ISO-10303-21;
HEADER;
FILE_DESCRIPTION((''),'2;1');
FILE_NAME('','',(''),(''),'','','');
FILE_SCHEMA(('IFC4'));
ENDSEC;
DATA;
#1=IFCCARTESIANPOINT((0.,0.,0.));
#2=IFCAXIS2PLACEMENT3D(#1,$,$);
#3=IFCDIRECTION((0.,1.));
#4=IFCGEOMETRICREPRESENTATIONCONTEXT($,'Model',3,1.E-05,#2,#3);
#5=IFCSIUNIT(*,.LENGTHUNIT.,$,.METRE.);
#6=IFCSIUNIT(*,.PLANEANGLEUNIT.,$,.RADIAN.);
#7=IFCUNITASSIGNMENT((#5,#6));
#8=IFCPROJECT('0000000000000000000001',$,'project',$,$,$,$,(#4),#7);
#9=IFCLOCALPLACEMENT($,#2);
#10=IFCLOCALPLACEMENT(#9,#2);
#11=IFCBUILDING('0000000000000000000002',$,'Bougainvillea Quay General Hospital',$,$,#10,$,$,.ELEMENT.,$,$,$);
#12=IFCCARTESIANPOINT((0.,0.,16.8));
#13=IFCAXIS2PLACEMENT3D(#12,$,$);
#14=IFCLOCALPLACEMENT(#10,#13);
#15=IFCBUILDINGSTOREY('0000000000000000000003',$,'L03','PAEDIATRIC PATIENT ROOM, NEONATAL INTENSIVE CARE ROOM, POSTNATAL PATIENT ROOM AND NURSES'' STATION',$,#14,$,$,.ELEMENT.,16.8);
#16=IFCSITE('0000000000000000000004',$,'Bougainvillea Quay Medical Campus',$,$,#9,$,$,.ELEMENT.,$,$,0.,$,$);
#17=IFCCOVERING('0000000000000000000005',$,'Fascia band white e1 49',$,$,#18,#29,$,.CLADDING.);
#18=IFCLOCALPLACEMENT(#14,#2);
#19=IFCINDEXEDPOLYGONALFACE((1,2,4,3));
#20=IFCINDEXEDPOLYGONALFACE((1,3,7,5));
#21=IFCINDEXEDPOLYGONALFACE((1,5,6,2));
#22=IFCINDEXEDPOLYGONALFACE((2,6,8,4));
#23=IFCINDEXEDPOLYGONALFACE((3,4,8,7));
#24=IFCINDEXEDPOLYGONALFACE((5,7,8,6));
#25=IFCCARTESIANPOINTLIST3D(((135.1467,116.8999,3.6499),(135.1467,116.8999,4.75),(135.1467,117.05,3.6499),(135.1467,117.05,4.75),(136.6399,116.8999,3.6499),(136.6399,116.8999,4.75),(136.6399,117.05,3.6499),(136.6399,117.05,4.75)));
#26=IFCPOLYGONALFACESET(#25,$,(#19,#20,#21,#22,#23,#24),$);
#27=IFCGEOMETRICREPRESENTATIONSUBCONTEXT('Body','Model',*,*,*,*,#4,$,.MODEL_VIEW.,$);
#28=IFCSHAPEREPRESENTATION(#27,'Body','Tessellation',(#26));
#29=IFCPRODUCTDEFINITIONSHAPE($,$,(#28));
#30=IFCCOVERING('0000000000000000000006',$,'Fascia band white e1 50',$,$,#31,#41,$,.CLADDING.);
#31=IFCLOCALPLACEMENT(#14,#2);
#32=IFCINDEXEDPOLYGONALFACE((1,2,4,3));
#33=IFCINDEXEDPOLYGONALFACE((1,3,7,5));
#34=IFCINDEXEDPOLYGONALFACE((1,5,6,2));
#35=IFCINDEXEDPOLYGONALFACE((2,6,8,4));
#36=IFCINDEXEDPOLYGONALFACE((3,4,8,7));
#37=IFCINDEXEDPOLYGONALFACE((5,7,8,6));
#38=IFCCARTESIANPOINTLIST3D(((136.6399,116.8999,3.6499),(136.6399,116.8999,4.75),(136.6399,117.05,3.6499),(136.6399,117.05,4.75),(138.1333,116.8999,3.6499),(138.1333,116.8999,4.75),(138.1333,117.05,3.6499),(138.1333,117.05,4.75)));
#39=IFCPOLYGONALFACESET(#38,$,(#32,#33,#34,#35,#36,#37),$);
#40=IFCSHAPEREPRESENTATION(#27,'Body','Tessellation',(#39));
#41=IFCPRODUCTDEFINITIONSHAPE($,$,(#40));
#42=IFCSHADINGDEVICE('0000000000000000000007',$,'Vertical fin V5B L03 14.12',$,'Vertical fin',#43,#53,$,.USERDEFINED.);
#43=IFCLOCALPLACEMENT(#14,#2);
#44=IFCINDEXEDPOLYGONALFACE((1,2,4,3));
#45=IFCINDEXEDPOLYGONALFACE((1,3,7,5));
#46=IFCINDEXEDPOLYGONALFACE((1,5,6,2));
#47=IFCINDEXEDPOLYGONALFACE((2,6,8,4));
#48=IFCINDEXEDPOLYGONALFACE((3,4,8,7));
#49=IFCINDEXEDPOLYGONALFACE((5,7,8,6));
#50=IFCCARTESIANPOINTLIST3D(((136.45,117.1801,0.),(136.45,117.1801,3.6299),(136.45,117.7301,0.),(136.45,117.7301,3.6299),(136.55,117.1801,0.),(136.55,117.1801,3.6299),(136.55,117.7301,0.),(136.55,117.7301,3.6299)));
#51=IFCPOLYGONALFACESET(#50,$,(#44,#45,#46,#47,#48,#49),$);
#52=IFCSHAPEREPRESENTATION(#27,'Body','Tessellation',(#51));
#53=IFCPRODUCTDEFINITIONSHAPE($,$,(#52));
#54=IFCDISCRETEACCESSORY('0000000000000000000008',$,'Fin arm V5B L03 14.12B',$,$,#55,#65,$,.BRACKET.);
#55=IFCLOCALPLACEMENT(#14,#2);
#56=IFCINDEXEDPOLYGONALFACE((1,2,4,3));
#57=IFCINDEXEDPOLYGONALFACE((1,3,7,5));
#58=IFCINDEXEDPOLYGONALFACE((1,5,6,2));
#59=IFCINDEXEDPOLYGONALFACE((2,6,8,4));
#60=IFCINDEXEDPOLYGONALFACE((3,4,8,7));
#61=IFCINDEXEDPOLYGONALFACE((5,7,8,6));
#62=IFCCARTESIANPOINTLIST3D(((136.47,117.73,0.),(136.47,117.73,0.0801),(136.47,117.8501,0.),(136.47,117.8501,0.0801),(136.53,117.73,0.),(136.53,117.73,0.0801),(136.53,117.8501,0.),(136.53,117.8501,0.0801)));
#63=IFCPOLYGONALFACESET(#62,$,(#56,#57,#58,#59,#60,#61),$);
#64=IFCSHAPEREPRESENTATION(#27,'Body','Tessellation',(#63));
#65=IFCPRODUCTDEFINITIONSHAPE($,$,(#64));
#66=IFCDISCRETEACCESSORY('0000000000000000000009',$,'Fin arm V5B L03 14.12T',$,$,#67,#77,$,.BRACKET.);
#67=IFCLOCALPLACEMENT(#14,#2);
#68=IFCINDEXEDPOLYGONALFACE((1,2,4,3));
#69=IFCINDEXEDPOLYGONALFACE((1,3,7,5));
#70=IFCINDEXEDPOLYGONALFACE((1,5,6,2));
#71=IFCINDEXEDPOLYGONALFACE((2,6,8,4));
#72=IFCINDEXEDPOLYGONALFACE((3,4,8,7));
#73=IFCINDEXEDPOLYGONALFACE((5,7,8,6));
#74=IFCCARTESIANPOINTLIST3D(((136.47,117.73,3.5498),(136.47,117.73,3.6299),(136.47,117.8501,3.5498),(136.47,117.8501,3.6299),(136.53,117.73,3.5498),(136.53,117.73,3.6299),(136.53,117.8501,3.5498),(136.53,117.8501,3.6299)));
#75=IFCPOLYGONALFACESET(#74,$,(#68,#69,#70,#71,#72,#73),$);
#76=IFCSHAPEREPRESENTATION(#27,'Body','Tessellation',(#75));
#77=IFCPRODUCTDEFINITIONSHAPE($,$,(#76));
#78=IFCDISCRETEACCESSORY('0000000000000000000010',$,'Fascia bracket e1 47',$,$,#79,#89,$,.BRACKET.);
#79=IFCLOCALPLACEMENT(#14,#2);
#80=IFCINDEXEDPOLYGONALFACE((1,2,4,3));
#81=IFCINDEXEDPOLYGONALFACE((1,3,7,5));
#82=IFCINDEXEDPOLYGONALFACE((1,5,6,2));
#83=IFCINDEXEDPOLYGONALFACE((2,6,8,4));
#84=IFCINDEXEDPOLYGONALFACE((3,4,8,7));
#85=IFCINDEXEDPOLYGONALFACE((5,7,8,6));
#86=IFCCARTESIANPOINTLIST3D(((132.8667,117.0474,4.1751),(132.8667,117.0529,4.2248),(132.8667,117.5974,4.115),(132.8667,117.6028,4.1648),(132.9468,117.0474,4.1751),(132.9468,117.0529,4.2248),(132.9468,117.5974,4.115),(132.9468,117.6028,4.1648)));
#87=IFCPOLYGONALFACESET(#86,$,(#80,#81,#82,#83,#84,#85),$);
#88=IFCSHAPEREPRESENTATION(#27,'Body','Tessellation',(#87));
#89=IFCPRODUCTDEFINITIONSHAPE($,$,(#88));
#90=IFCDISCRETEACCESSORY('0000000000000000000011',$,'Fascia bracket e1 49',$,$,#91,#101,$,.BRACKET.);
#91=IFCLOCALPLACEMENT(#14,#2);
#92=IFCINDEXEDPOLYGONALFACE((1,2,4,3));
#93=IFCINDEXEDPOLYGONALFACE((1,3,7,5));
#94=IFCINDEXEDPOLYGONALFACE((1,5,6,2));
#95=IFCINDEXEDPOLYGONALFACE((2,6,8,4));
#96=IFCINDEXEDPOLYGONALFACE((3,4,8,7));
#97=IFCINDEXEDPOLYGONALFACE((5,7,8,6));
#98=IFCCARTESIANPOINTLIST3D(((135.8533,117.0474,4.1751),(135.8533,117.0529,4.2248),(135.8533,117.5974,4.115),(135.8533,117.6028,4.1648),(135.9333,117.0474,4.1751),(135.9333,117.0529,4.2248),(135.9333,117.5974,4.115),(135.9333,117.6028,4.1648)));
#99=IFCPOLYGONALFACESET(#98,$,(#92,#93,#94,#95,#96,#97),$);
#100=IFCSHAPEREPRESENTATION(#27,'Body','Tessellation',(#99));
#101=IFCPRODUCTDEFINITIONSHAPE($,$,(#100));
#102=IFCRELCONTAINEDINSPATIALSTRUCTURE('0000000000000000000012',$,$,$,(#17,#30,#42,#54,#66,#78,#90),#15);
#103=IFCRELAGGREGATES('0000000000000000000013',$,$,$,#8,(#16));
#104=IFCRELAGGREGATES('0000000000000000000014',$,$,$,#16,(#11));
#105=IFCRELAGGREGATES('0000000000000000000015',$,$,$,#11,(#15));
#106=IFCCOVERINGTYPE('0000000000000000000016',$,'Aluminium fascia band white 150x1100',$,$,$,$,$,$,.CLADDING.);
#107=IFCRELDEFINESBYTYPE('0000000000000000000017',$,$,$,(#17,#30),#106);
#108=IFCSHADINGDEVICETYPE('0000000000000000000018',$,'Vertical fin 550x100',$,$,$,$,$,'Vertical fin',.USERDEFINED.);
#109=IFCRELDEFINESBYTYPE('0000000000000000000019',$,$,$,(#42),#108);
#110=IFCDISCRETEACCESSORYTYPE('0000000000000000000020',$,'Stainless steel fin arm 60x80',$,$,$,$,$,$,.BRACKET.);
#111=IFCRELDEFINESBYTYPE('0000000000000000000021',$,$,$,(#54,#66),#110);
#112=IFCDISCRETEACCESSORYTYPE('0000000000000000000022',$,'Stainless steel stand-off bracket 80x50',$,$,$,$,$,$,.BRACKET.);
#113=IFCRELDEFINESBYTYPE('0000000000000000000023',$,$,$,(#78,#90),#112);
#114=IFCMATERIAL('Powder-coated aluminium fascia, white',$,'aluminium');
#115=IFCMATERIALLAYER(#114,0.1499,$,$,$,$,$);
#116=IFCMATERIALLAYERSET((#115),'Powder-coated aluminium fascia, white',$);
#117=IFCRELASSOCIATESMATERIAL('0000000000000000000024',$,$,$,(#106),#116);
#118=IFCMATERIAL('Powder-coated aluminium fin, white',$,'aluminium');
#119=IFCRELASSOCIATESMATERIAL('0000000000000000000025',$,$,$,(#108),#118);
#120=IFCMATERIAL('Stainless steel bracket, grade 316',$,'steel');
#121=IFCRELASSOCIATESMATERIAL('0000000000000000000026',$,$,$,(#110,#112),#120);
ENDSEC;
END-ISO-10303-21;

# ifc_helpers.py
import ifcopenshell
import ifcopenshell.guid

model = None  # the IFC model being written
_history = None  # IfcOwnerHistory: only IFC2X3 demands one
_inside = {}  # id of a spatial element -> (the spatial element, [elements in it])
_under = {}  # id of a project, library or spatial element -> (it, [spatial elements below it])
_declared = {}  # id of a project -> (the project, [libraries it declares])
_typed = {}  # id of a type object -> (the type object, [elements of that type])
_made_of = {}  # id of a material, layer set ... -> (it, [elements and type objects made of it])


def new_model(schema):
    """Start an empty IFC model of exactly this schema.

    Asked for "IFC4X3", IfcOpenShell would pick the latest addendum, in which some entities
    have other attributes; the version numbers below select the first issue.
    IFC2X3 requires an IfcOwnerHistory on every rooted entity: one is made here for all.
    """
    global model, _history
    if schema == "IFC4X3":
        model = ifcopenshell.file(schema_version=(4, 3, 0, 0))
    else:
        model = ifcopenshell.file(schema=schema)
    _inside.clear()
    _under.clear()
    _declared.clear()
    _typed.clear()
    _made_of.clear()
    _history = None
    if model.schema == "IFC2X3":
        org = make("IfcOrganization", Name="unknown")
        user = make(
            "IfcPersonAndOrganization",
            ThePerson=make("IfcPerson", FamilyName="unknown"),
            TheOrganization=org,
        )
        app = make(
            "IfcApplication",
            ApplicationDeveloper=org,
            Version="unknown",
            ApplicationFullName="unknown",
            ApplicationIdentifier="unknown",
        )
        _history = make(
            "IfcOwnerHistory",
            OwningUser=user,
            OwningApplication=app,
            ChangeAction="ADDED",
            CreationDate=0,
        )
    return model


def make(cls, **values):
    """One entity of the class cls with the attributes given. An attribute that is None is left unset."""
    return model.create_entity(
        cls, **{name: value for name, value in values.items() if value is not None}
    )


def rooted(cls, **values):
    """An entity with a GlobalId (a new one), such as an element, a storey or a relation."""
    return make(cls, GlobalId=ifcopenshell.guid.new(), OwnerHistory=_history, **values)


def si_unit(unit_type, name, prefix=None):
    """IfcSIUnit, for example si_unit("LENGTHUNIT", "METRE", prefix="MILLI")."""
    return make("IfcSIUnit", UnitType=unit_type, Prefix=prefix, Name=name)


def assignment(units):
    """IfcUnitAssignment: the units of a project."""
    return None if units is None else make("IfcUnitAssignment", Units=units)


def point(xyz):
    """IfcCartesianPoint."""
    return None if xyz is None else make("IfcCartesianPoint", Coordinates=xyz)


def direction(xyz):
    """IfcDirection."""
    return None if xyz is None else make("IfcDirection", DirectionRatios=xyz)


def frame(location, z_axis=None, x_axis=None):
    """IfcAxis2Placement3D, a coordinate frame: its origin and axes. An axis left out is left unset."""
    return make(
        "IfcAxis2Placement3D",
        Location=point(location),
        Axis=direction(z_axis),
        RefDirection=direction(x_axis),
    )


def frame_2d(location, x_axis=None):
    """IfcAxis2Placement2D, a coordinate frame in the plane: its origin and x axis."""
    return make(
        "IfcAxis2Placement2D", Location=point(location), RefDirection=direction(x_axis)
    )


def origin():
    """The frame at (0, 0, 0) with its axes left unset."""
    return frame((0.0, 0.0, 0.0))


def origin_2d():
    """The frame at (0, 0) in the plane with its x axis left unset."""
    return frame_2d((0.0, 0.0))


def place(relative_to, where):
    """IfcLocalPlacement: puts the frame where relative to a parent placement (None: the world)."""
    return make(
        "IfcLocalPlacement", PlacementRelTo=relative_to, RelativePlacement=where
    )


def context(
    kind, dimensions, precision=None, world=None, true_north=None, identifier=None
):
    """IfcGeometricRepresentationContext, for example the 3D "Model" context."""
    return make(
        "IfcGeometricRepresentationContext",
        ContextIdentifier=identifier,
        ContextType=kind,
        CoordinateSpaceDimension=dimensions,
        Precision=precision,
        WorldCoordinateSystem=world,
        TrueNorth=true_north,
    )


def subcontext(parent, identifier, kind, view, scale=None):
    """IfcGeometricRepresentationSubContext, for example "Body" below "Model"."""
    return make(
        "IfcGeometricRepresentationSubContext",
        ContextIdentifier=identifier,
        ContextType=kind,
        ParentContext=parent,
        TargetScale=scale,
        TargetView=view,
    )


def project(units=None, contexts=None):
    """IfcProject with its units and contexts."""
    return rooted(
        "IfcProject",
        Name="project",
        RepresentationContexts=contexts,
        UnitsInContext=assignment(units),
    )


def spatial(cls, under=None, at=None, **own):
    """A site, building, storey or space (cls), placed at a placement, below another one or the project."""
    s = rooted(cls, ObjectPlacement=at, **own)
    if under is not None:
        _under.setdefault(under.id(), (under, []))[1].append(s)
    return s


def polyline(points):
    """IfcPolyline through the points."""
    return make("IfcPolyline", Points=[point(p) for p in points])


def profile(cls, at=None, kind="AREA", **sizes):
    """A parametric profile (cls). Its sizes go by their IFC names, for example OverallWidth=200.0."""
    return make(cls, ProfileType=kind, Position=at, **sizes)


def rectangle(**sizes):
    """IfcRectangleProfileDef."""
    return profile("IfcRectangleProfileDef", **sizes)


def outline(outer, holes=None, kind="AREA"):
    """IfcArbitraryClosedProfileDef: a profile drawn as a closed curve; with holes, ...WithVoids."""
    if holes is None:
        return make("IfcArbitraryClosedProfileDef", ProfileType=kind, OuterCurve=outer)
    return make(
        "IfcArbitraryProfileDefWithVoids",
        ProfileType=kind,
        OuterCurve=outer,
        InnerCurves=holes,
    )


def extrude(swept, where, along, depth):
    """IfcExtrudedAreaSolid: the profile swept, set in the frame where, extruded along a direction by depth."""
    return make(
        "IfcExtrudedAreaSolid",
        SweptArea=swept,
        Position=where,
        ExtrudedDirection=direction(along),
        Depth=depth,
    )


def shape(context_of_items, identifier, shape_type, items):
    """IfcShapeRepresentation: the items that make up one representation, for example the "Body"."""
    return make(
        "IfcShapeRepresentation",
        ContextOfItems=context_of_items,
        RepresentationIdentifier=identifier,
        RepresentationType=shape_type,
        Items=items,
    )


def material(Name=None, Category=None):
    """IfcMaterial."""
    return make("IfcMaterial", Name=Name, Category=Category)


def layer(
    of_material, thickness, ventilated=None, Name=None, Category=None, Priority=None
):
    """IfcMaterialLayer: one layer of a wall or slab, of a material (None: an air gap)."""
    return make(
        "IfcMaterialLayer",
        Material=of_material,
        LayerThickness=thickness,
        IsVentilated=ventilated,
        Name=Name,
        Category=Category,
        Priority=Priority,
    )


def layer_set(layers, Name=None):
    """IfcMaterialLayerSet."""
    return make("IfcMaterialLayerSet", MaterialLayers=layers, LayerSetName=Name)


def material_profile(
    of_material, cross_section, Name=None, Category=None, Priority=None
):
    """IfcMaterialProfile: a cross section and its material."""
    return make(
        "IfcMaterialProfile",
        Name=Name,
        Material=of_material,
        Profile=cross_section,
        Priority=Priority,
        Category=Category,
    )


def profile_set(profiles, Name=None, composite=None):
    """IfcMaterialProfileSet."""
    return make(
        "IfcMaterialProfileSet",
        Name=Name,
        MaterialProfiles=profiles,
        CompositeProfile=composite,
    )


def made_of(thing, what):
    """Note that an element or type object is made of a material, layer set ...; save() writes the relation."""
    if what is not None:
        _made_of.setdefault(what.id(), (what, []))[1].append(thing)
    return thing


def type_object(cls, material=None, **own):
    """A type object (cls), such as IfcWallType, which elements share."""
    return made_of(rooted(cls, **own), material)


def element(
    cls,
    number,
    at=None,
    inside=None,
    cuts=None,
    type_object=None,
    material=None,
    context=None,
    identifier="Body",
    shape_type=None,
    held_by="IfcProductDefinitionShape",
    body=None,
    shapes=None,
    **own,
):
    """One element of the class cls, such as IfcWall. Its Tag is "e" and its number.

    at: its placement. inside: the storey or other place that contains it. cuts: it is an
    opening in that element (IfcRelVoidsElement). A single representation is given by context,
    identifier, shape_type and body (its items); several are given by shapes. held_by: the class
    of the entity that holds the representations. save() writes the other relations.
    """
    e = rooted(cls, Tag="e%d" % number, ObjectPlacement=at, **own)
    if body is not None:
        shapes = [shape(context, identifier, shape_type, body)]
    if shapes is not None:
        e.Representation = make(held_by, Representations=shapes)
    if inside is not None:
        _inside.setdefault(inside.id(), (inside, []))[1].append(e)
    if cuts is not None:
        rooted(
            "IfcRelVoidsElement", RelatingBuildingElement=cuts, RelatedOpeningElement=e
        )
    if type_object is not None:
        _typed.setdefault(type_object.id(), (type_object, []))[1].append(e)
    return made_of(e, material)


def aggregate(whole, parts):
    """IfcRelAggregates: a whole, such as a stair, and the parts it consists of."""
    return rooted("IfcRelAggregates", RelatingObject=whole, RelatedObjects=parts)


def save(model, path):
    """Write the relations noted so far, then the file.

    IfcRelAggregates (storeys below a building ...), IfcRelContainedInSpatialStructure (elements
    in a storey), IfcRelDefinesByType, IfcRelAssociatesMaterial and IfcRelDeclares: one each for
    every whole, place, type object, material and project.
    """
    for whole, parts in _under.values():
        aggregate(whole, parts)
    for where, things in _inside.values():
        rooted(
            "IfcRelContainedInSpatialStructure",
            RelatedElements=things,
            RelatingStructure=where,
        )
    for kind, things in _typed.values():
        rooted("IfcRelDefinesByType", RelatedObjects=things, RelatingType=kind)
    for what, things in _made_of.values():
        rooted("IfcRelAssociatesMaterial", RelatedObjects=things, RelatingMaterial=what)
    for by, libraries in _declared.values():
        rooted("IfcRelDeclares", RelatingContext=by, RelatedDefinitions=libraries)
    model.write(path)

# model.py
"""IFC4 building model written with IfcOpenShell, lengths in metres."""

from ifc_helpers import new_model, si_unit, direction, frame, origin, origin_2d, place, context, subcontext, project, spatial, polyline, rectangle, outline, extrude, material, layer, layer_set, material_profile, profile_set, type_object, element, save


model = new_model("IFC4")

# Units and contexts
model_context = context("Model", 3, precision=1e-05, world=origin(), true_north=direction((0.0, 1.0)))
body_context = subcontext(model_context, "Body", "Model", "MODEL_VIEW")
ifc_project = project(units=[si_unit("LENGTHUNIT", "METRE"), si_unit("PLANEANGLEUNIT", "RADIAN")], contexts=[model_context])

# Site, building, storey
site_placement = place(None, origin())
site = spatial("IfcSite", under=ifc_project, at=site_placement, Name="Bougainvillea Quay Medical Campus", CompositionType="ELEMENT", RefElevation=0.0)
building_placement = place(site_placement, origin())
building = spatial("IfcBuilding", under=site, at=building_placement, Name="Bougainvillea Quay General Hospital", CompositionType="ELEMENT")
storey_placement = place(building_placement, frame((0.0, 0.0, 16.8)))
storey = spatial("IfcBuildingStorey", under=building, at=storey_placement, Name="L03", Description="PAEDIATRIC PATIENT ROOM, NEONATAL INTENSIVE CARE ROOM, POSTNATAL PATIENT ROOM AND NURSES' STATION", CompositionType="ELEMENT", Elevation=16.8)

# Coverings
ifc_material_1 = material(Name="Powder-coated aluminium fascia, white", Category="aluminium")
ifc_layer_1 = layer(ifc_material_1, 0.1499)
ifc_layer_set_1 = layer_set([ifc_layer_1], Name="Powder-coated aluminium fascia, white")
covering_type = type_object("IfcCoveringType", Name="Aluminium fascia band white 150x1100", PredefinedType="CLADDING", material=ifc_layer_set_1)
covering_1_placement = place(storey_placement, frame((135.1467, 117.05, 3.6499), z_axis=(0.0, 0.0, 1.0), x_axis=(1.0, 0.0, 0.0)))
element("IfcCovering", 1, at=covering_1_placement, inside=storey, type_object=covering_type, Name="Fascia band white e1 49", PredefinedType="CLADDING", context=body_context, shape_type="SweptSolid", body=[
    extrude(outline(polyline([(0.0, 0.0), (1.4932, 0.0), (1.4932, -0.1501), (0.0, -0.1501), (0.0, 0.0)])), origin(), (0.0, 0.0, 1.0), 1.1001),
])
covering_2_placement = place(storey_placement, frame((136.6399, 117.05, 3.6499), z_axis=(0.0, 0.0, 1.0), x_axis=(1.0, 0.0, 0.0)))
element("IfcCovering", 2, at=covering_2_placement, inside=storey, type_object=covering_type, Name="Fascia band white e1 50", PredefinedType="CLADDING", context=body_context, shape_type="SweptSolid", body=[
    extrude(outline(polyline([(0.0, 0.0), (1.4934, 0.0), (1.4934, -0.1501), (0.0, -0.1501), (0.0, 0.0)])), origin(), (0.0, 0.0, 1.0), 1.1001),
])

# Shading device
ifc_material_2 = material(Name="Powder-coated aluminium fin, white", Category="aluminium")
ifc_material_profile_1 = material_profile(ifc_material_2, rectangle(XDim=0.55, YDim=0.1001, at=origin_2d()))
ifc_profile_set_1 = profile_set([ifc_material_profile_1], Name="Powder-coated aluminium fin, white")
shading_device_type = type_object("IfcShadingDeviceType", Name="Vertical fin 550x100", ElementType="Vertical fin", PredefinedType="USERDEFINED", material=ifc_profile_set_1)
shading_device_placement = place(storey_placement, frame((136.5, 117.4551, 0.0), z_axis=(0.0, 0.0, 1.0), x_axis=(0.0, -1.0, 0.0)))
element("IfcShadingDevice", 3, at=shading_device_placement, inside=storey, type_object=shading_device_type, Name="Vertical fin V5B L03 14.12", ObjectType="Vertical fin", PredefinedType="USERDEFINED", context=body_context, shape_type="SweptSolid", body=[
    extrude(rectangle(XDim=0.55, YDim=0.1001, at=origin_2d()), origin(), (0.0, 0.0, 1.0), 3.6299),
])

# Discrete accessories
ifc_material_3 = material(Name="Stainless steel bracket, grade 316", Category="steel")
discrete_accessory_type_1 = type_object("IfcDiscreteAccessoryType", Name="Stainless steel fin arm 60x80", PredefinedType="BRACKET", material=ifc_material_3)
for number, where, z_axis, x_axis, name in (
    (4, (136.5, 117.79, 0.0), (0.0, 0.0, 1.0), (0.0, -1.0, 0.0), "Fin arm V5B L03 14.12B"),
    (5, (136.5, 117.79, 3.5498), (0.0, 0.0, 1.0), (0.0, -1.0, 0.0), "Fin arm V5B L03 14.12T"),
):
    element("IfcDiscreteAccessory", number, at=place(storey_placement, frame(where, z_axis=z_axis, x_axis=x_axis)), inside=storey, type_object=discrete_accessory_type_1, Name=name, PredefinedType="BRACKET", context=body_context, shape_type="SweptSolid", body=[
        extrude(rectangle(XDim=0.1201, YDim=0.0601, at=origin_2d()), origin(), (0.0, 0.0, 1.0), 0.0801),
    ])
ifc_material_profile_2 = material_profile(ifc_material_3, rectangle(XDim=0.0801, YDim=0.05, at=origin_2d()))
ifc_profile_set_2 = profile_set([ifc_material_profile_2], Name="Stainless steel bracket, grade 316")
discrete_accessory_type_2 = type_object("IfcDiscreteAccessoryType", Name="Stainless steel stand-off bracket 80x50", PredefinedType="BRACKET", material=ifc_profile_set_2)
for number, where, z_axis, x_axis, name in (
    (6, (132.9067, 117.6001, 4.1399), (0.0, -0.994092, 0.108543), (1.0, 0.0, 0.0), "Fascia bracket e1 47"),
    (7, (135.8933, 117.6001, 4.1399), (0.0, -0.994092, 0.108543), (1.0, 0.0, 0.0), "Fascia bracket e1 49"),
):
    element("IfcDiscreteAccessory", number, at=place(storey_placement, frame(where, z_axis=z_axis, x_axis=x_axis)), inside=storey, type_object=discrete_accessory_type_2, Name=name, PredefinedType="BRACKET", context=body_context, shape_type="SweptSolid", body=[
        extrude(rectangle(XDim=0.0801, YDim=0.05, at=origin_2d()), origin(), (0.0, 0.0, 1.0), 0.5532),
    ])

save(model, "model.ifc")
